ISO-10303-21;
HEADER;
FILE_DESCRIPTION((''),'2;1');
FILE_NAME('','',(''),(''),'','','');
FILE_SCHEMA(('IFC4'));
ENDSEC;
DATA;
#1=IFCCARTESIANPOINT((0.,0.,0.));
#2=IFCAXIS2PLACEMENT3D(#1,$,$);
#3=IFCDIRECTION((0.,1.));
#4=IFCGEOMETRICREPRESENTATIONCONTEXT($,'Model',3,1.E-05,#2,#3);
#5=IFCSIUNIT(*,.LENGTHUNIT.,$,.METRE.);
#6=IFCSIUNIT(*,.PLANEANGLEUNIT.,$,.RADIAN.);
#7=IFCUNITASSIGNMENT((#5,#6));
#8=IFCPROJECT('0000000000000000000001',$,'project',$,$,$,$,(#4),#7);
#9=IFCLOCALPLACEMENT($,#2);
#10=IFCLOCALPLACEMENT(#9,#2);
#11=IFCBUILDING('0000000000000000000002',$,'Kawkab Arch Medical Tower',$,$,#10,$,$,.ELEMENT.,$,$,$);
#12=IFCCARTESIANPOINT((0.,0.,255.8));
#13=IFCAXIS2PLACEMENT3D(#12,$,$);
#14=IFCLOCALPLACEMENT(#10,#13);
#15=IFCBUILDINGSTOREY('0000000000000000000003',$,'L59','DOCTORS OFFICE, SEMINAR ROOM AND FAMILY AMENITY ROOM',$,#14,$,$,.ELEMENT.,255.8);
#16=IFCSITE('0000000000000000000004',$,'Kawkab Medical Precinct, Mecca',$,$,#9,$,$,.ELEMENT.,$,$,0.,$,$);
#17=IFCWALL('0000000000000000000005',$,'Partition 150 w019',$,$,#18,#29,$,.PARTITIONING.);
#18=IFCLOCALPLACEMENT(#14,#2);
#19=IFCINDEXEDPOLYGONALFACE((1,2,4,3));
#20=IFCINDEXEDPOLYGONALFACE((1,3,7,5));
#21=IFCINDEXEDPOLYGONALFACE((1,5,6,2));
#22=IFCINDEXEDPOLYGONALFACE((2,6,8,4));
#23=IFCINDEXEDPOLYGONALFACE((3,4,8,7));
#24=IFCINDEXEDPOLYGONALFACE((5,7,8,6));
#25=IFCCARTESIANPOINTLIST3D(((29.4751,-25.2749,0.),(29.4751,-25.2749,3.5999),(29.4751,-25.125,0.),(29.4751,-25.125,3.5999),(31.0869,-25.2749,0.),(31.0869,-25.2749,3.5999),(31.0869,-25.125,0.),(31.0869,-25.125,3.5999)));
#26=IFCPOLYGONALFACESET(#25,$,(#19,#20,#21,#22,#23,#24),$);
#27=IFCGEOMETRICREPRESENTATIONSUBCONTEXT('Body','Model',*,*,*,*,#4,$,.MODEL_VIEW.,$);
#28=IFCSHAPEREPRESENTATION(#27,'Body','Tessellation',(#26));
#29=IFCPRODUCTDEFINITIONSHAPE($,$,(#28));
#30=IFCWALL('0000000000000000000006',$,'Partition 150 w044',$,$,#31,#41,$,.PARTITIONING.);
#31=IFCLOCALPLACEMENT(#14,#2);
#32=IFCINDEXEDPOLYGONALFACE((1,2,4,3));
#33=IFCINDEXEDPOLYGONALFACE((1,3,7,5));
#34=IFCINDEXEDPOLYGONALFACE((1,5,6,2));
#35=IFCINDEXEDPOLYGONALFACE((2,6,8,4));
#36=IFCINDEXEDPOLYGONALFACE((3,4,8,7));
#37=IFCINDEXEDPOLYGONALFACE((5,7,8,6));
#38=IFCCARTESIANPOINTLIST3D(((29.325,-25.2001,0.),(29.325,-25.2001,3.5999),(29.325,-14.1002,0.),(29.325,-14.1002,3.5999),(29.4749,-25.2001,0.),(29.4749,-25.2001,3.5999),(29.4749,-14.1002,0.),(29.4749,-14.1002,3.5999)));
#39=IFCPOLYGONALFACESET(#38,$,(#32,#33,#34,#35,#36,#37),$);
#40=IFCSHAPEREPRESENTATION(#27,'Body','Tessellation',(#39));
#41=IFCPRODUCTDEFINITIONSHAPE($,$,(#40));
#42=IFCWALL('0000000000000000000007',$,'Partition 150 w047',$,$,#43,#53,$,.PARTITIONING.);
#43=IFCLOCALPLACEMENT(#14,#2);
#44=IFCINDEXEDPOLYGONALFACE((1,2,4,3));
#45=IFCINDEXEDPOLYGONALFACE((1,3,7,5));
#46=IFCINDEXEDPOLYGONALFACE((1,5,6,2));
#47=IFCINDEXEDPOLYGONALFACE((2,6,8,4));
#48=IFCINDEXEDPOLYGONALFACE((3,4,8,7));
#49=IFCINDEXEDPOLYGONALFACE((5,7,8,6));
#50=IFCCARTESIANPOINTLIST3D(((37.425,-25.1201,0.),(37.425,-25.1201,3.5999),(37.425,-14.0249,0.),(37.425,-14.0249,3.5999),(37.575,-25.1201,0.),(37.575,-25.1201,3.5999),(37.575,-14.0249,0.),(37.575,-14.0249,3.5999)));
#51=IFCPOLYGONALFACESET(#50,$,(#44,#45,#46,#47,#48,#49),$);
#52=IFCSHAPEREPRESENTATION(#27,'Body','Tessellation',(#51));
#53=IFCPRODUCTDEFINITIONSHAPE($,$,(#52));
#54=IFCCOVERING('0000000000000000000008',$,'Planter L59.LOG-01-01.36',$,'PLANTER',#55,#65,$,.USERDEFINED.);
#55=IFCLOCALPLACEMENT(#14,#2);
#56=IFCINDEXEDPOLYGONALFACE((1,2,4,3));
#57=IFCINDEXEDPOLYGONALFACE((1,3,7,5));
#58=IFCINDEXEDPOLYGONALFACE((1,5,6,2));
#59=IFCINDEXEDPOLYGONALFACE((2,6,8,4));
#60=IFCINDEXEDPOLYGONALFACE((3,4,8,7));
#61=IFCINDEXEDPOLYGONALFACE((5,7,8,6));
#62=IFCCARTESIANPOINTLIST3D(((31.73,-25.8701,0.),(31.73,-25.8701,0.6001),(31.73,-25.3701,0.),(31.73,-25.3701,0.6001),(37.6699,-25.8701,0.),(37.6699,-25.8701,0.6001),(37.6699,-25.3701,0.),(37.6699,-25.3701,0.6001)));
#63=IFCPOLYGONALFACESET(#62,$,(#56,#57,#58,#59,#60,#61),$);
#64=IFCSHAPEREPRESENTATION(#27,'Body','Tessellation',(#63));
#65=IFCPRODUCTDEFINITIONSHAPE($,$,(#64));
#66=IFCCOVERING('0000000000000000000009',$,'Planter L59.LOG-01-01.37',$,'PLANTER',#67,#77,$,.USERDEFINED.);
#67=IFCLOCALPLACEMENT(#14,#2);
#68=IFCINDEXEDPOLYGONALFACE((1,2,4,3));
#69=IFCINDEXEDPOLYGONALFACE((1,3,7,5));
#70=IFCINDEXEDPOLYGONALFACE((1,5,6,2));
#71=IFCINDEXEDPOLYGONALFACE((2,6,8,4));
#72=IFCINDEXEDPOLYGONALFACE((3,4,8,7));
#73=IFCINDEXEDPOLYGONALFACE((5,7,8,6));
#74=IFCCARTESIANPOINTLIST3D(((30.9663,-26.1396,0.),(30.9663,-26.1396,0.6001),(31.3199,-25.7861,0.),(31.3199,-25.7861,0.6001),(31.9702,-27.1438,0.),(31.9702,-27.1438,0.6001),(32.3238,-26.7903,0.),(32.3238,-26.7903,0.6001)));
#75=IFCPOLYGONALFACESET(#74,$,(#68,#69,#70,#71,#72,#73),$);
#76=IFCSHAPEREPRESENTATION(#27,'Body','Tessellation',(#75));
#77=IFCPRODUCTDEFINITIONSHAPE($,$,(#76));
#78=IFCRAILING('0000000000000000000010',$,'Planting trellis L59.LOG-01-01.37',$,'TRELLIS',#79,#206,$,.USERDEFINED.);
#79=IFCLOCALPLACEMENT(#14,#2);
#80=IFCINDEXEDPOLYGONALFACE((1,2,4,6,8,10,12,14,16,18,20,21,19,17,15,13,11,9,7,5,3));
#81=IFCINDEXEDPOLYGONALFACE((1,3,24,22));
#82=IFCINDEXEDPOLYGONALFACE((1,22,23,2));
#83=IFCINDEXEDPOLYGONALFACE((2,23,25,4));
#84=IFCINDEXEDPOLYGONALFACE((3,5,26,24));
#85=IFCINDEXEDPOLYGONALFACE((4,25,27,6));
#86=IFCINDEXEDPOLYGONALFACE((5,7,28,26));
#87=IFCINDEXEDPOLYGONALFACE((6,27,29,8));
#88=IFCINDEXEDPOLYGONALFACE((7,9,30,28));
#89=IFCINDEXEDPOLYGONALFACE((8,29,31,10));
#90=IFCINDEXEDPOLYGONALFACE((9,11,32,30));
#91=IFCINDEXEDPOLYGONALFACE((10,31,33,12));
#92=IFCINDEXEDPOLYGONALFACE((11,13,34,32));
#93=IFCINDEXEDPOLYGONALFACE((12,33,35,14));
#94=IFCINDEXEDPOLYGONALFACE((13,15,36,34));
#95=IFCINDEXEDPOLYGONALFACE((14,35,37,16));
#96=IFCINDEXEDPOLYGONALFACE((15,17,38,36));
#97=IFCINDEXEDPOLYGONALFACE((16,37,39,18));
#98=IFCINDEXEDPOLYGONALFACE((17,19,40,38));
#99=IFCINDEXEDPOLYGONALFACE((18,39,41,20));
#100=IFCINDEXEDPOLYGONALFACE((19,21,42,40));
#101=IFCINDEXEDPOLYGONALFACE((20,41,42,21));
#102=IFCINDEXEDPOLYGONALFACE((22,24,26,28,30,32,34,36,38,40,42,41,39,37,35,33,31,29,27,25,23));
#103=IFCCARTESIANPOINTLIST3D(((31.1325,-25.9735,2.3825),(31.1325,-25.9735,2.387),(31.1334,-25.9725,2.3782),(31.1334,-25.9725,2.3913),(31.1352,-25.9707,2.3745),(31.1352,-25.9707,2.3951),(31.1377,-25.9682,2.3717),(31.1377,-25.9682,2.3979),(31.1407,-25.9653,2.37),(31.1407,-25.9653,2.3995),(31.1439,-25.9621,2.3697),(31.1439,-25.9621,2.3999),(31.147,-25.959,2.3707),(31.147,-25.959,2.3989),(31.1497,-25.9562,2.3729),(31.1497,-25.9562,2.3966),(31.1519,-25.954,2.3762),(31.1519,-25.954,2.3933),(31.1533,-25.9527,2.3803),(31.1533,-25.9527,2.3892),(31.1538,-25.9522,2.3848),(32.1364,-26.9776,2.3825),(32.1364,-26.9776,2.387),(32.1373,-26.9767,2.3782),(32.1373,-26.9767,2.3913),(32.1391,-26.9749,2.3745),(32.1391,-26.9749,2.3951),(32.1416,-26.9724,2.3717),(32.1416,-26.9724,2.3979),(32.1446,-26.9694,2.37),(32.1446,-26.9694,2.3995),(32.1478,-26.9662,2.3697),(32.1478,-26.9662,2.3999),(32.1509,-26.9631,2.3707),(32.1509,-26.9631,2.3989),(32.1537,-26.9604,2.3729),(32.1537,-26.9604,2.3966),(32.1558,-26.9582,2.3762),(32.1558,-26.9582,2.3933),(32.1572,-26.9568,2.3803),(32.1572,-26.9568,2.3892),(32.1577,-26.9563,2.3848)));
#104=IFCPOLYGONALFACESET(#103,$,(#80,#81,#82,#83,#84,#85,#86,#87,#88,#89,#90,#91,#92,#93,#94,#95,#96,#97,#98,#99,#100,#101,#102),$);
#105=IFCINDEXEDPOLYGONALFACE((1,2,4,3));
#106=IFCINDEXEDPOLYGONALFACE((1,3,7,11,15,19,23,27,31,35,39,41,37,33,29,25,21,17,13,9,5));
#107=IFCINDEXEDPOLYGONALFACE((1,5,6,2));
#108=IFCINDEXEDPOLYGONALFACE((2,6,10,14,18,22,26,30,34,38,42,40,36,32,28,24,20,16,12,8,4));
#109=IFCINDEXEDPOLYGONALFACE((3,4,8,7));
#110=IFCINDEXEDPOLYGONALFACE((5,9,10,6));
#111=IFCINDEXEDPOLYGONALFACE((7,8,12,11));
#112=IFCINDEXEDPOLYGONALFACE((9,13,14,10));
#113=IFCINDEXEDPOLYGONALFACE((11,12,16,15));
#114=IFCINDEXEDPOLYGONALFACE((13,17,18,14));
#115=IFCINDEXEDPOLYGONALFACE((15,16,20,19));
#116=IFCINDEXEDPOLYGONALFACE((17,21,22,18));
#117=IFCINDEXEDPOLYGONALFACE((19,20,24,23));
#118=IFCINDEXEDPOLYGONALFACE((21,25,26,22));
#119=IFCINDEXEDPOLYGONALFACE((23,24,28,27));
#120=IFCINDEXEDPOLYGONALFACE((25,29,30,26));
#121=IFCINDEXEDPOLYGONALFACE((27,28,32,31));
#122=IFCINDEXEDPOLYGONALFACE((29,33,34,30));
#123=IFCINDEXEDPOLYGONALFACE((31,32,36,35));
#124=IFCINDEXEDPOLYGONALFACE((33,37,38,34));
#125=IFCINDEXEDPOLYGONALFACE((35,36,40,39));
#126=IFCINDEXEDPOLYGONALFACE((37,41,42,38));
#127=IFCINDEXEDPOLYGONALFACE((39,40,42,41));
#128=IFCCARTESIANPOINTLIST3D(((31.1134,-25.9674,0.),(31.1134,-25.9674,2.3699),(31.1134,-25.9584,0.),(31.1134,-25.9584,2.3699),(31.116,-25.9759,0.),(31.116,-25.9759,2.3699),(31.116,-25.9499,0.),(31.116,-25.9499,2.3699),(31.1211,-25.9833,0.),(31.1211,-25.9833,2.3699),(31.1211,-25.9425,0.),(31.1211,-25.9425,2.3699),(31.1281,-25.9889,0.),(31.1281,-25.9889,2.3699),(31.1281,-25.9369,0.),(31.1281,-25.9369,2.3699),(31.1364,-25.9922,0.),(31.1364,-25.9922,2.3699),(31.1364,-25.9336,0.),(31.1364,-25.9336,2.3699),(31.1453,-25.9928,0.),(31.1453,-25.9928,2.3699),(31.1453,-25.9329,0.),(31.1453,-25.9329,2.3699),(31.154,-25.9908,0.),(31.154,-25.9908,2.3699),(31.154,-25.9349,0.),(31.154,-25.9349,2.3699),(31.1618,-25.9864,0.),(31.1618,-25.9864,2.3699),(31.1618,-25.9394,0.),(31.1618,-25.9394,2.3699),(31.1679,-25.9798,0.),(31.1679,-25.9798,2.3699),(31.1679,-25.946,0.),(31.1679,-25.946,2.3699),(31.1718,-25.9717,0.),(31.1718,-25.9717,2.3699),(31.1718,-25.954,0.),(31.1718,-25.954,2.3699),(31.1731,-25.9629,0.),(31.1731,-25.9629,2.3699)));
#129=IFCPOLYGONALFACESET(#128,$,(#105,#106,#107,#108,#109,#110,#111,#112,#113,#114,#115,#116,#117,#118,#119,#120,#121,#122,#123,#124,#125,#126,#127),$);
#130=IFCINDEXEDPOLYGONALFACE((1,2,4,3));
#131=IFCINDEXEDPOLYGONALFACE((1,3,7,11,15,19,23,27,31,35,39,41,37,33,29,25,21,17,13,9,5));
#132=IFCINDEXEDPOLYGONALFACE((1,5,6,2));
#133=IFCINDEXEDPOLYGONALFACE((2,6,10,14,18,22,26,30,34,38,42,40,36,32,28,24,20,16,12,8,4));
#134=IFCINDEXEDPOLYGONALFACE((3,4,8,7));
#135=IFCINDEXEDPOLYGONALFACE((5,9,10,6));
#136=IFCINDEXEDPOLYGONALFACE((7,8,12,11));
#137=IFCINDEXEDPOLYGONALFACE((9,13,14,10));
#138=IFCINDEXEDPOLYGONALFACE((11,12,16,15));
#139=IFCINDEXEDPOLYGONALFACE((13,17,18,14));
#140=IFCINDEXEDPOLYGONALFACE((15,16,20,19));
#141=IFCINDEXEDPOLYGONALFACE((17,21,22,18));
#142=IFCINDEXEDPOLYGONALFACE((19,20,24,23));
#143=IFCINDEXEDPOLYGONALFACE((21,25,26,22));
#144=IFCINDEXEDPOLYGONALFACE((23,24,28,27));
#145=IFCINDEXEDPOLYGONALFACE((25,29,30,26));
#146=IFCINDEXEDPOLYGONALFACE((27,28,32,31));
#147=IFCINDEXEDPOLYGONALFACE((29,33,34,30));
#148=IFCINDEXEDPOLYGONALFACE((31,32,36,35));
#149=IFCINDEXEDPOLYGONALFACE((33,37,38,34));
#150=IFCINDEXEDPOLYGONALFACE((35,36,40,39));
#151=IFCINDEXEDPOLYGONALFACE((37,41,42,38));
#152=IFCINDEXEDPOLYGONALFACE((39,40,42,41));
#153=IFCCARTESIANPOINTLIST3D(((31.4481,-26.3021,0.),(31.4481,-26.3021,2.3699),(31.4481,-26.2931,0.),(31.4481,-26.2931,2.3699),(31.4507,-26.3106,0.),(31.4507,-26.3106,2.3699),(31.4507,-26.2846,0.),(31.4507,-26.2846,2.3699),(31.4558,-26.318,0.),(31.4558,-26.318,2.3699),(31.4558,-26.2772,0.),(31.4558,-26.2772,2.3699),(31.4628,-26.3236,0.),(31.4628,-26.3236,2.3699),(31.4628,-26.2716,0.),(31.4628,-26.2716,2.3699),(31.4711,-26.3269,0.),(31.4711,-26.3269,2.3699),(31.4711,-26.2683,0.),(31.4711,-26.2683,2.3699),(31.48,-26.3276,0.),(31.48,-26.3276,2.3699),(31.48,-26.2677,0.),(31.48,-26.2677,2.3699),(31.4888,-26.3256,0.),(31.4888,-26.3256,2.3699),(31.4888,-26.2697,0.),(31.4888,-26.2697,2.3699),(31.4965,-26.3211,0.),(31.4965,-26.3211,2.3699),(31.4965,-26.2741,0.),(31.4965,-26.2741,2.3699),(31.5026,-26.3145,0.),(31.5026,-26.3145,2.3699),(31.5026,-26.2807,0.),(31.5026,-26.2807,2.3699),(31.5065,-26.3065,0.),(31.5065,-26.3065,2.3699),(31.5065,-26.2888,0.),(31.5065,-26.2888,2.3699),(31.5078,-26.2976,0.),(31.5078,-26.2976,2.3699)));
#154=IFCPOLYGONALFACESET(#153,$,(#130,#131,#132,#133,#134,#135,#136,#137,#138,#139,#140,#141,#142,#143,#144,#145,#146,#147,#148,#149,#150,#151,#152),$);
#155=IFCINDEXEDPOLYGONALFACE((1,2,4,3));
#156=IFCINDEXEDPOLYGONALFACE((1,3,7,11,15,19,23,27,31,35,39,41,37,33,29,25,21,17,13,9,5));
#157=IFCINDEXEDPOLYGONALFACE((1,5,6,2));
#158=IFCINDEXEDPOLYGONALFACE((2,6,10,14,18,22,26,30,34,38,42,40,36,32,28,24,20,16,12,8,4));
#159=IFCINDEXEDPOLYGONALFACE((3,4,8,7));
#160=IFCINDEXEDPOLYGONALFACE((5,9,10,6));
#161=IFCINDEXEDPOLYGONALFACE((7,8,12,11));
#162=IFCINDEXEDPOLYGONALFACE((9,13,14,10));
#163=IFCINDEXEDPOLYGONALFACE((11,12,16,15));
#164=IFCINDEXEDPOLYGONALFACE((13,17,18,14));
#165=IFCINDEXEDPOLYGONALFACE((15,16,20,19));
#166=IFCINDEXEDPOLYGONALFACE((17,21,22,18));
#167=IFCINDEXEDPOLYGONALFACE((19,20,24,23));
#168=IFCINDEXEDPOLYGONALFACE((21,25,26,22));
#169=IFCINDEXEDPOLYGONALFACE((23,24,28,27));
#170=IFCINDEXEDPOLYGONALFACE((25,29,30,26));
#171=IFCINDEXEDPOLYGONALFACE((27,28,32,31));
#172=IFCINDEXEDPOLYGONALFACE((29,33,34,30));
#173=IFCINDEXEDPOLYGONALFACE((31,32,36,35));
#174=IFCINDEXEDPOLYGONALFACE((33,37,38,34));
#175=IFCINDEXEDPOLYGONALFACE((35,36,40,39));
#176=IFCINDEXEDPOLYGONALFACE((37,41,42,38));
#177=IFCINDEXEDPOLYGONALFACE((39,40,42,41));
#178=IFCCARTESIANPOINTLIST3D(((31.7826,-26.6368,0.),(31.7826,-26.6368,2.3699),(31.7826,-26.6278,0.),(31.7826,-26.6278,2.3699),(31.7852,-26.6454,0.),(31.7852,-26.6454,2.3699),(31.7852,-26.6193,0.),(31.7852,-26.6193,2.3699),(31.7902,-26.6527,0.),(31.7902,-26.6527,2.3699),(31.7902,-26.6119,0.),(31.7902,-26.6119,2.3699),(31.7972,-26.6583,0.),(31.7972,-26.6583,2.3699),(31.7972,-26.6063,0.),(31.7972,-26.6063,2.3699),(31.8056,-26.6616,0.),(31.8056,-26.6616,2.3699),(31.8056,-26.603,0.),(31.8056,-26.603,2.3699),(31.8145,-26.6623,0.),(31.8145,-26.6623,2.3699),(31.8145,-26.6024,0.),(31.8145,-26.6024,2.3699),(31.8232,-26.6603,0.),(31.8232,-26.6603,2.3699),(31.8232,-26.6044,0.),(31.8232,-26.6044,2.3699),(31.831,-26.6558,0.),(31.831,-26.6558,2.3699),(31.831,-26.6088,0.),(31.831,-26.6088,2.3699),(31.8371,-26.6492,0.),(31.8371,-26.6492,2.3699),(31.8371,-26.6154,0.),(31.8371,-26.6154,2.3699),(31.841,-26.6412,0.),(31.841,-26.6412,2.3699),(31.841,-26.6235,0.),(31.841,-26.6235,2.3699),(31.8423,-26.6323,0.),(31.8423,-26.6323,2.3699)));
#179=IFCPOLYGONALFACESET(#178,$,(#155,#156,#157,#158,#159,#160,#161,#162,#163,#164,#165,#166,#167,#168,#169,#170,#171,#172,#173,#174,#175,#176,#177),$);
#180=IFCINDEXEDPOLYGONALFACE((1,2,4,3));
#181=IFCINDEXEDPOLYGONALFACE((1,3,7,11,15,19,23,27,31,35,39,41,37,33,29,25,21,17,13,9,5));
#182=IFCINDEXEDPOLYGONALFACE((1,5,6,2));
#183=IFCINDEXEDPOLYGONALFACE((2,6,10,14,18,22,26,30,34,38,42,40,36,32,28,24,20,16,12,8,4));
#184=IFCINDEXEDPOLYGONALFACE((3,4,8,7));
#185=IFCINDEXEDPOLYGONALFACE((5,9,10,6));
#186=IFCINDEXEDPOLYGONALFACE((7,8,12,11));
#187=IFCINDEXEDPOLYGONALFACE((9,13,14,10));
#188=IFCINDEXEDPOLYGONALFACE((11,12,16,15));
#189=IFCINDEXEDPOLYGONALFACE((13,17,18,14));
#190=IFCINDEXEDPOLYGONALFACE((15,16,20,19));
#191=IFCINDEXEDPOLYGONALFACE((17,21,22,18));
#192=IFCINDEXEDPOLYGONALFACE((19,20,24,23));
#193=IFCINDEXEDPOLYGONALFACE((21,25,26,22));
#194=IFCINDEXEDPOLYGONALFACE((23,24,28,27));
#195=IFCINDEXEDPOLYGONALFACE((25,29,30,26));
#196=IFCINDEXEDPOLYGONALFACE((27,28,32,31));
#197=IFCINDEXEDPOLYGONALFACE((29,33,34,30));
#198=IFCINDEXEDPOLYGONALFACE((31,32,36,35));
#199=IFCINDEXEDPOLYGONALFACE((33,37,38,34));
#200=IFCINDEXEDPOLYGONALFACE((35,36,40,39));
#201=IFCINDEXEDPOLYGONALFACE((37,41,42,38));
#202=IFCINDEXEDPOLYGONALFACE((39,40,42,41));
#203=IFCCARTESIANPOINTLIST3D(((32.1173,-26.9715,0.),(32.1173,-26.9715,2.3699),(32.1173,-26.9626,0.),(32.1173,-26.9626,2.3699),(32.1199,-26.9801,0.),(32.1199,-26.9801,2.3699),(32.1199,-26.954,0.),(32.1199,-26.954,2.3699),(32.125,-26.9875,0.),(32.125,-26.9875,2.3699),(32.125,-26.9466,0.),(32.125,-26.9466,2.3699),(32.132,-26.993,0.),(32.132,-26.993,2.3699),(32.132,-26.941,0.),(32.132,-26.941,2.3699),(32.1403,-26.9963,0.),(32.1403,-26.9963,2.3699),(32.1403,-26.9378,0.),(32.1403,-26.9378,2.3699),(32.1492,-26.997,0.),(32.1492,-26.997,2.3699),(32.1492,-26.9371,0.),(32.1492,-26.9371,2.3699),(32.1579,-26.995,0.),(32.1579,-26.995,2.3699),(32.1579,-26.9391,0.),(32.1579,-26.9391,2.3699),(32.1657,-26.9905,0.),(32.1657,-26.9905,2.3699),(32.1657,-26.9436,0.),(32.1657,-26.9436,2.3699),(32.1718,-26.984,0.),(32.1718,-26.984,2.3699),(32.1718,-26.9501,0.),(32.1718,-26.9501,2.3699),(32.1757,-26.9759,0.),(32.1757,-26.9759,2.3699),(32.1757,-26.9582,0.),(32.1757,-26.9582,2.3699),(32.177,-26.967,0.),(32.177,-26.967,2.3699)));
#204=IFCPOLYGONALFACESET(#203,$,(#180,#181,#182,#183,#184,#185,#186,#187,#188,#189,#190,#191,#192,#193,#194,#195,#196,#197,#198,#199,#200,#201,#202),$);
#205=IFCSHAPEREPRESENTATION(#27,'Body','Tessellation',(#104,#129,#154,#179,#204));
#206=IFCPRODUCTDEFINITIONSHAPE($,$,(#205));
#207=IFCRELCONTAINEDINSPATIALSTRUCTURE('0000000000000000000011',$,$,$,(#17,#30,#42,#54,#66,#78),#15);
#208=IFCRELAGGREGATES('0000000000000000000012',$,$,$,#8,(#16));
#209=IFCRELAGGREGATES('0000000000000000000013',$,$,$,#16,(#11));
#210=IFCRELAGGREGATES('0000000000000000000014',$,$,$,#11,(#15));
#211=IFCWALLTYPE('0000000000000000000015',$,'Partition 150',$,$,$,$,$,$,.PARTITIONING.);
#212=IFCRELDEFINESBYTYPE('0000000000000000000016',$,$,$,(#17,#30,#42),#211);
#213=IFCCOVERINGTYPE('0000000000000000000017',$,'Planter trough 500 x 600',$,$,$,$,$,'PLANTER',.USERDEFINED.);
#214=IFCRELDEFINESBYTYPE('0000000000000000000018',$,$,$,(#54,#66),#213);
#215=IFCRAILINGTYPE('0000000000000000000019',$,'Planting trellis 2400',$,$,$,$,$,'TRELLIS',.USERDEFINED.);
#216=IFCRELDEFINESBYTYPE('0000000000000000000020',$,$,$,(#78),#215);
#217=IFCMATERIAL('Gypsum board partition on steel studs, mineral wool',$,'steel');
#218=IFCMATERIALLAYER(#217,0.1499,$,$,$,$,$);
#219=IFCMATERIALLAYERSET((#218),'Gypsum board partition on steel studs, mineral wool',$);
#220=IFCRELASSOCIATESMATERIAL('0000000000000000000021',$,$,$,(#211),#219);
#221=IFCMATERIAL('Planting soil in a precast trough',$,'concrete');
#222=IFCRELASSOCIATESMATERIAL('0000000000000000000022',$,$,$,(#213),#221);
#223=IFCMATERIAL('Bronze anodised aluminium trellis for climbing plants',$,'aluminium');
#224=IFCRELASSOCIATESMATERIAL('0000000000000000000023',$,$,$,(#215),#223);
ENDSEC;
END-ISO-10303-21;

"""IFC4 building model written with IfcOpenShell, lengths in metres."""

from ifc_helpers import new_model, si_unit, direction, frame, frame_2d, origin, origin_2d, place, context, subcontext, project, spatial, rectangle, circle, extrude, material, layer, layer_set, material_profile, profile_set, type_object, element, save


model = new_model("IFC4")

# Units and contexts
model_context = context("Model", 3, precision=1e-05, world=origin(), true_north=direction((0.0, 1.0)))
body_context = subcontext(model_context, "Body", "Model", "MODEL_VIEW")
ifc_project = project(units=[si_unit("LENGTHUNIT", "METRE"), si_unit("PLANEANGLEUNIT", "RADIAN")], contexts=[model_context])

# Site, building, storey
site_placement = place(None, origin())
site = spatial("IfcSite", under=ifc_project, at=site_placement, Name="Kawkab Medical Precinct, Mecca", CompositionType="ELEMENT", RefElevation=0.0)
building_placement = place(site_placement, origin())
building = spatial("IfcBuilding", under=site, at=building_placement, Name="Kawkab Arch Medical Tower", CompositionType="ELEMENT")
storey_placement = place(building_placement, frame((0.0, 0.0, 255.8)))
storey = spatial("IfcBuildingStorey", under=building, at=storey_placement, Name="L59", Description="DOCTORS OFFICE, SEMINAR ROOM AND FAMILY AMENITY ROOM", CompositionType="ELEMENT", Elevation=255.8)

# Walls
ifc_material_1 = material(Name="Gypsum board partition on steel studs, mineral wool", Category="steel")
ifc_layer_1 = layer(ifc_material_1, 0.1499)
ifc_layer_set_1 = layer_set([ifc_layer_1], Name="Gypsum board partition on steel studs, mineral wool")
wall_type_1 = type_object("IfcWallType", Name="Partition 150", PredefinedType="PARTITIONING", material=ifc_layer_set_1)
wall_1_placement = place(storey_placement, frame((29.4751, -25.2, 0.0), z_axis=(0.0, 0.0, 1.0), x_axis=(1.0, 0.0, 0.0)))
element("IfcWall", 1, at=wall_1_placement, inside=storey, type_object=wall_type_1, Name="Partition 150 w019", PredefinedType="PARTITIONING", context=body_context, shape_type="SweptSolid", body=[
    extrude(rectangle(XDim=1.6118, YDim=0.1499, at=frame_2d((0.8059, 0.0))), origin(), (0.0, 0.0, 1.0), 3.5999),
])
wall_2_placement = place(storey_placement, frame((29.3999, -25.2, 0.0), z_axis=(0.0, 0.0, 1.0), x_axis=(0.0, 1.0, 0.0)))
element("IfcWall", 2, at=wall_2_placement, inside=storey, type_object=wall_type_1, Name="Partition 150 w044", PredefinedType="PARTITIONING", context=body_context, shape_type="SweptSolid", body=[
    extrude(rectangle(XDim=11.0999, YDim=0.1499, at=frame_2d((5.5498, 0.0))), origin(), (0.0, 0.0, 1.0), 3.5999),
])
wall_3_placement = place(storey_placement, frame((37.5, -25.1201, 0.0), z_axis=(0.0, 0.0, 1.0), x_axis=(0.0, 1.0, 0.0)))
element("IfcWall", 3, at=wall_3_placement, inside=storey, type_object=wall_type_1, Name="Partition 150 w047", PredefinedType="PARTITIONING", context=body_context, shape_type="SweptSolid", body=[
    extrude(rectangle(XDim=11.0952, YDim=0.1499, at=frame_2d((5.5476, 0.0))), origin(), (0.0, 0.0, 1.0), 3.5999),
])

# Coverings
ifc_material_2 = material(Name="Planting soil in a precast trough", Category="concrete")
ifc_material_profile_1 = material_profile(ifc_material_2, rectangle(XDim=0.5, YDim=0.6001, at=origin_2d()), Name="Trough 500x600")
ifc_profile_set_1 = profile_set([ifc_material_profile_1], Name="Planting soil in a precast trough")
covering_type = type_object("IfcCoveringType", Name="Planter trough 500 x 600", ElementType="PLANTER", PredefinedType="USERDEFINED", material=ifc_profile_set_1)
covering_1_placement = place(storey_placement, frame((37.6699, -25.6201, 0.3), z_axis=(-1.0, 0.0, 0.0), x_axis=(0.0, -1.0, 0.0)))
element("IfcCovering", 4, at=covering_1_placement, inside=storey, type_object=covering_type, Name="Planter L59.LOG-01-01.36", ObjectType="PLANTER", PredefinedType="USERDEFINED", context=body_context, shape_type="SweptSolid", body=[
    extrude(rectangle(XDim=0.5, YDim=0.6001, at=origin_2d()), origin(), (0.0, 0.0, 1.0), 5.9399),
])
covering_2_placement = place(storey_placement, frame((31.1431, -25.9629, 0.3), z_axis=(0.707021, -0.707193, 0.0), x_axis=(0.707193, 0.707021, 0.0)))
element("IfcCovering", 5, at=covering_2_placement, inside=storey, type_object=covering_type, Name="Planter L59.LOG-01-01.37", ObjectType="PLANTER", PredefinedType="USERDEFINED", context=body_context, shape_type="SweptSolid", body=[
    extrude(rectangle(XDim=0.5, YDim=0.6001, at=origin_2d()), origin(), (0.0, 0.0, 1.0), 1.4199),
])

# Railing
ifc_material_3 = material(Name="Bronze anodised aluminium trellis for climbing plants", Category="aluminium")
railing_type = type_object("IfcRailingType", Name="Planting trellis 2400", ElementType="TRELLIS", PredefinedType="USERDEFINED", material=ifc_material_3)
railing_placement = place(storey_placement, frame((31.1431, -25.9629, 0.0)))
element("IfcRailing", 6, at=railing_placement, inside=storey, type_object=railing_type, Name="Planting trellis L59.LOG-01-01.37", ObjectType="TRELLIS", PredefinedType="USERDEFINED", context=body_context, shape_type="SweptSolid", body=[
    extrude(circle(Radius=0.0151, at=origin_2d()), frame((0.0, 0.0, 2.3848), z_axis=(0.707021, -0.707193, 0.0), x_axis=(0.707193, 0.707021, 0.0)), (0.0, 0.0, 1.0), 1.4199),
    extrude(circle(Radius=0.03, at=origin_2d()), origin(), (0.0, 0.0, 1.0), 2.3699),
    extrude(circle(Radius=0.03, at=origin_2d()), frame((0.3347, -0.3347, 0.0)), (0.0, 0.0, 1.0), 2.3699),
    extrude(circle(Radius=0.03, at=origin_2d()), frame((0.6692, -0.6694, 0.0)), (0.0, 0.0, 1.0), 2.3699),
    extrude(circle(Radius=0.03, at=origin_2d()), frame((1.0039, -1.0042, 0.0)), (0.0, 0.0, 1.0), 2.3699),
])

save(model, "model.ifc")
